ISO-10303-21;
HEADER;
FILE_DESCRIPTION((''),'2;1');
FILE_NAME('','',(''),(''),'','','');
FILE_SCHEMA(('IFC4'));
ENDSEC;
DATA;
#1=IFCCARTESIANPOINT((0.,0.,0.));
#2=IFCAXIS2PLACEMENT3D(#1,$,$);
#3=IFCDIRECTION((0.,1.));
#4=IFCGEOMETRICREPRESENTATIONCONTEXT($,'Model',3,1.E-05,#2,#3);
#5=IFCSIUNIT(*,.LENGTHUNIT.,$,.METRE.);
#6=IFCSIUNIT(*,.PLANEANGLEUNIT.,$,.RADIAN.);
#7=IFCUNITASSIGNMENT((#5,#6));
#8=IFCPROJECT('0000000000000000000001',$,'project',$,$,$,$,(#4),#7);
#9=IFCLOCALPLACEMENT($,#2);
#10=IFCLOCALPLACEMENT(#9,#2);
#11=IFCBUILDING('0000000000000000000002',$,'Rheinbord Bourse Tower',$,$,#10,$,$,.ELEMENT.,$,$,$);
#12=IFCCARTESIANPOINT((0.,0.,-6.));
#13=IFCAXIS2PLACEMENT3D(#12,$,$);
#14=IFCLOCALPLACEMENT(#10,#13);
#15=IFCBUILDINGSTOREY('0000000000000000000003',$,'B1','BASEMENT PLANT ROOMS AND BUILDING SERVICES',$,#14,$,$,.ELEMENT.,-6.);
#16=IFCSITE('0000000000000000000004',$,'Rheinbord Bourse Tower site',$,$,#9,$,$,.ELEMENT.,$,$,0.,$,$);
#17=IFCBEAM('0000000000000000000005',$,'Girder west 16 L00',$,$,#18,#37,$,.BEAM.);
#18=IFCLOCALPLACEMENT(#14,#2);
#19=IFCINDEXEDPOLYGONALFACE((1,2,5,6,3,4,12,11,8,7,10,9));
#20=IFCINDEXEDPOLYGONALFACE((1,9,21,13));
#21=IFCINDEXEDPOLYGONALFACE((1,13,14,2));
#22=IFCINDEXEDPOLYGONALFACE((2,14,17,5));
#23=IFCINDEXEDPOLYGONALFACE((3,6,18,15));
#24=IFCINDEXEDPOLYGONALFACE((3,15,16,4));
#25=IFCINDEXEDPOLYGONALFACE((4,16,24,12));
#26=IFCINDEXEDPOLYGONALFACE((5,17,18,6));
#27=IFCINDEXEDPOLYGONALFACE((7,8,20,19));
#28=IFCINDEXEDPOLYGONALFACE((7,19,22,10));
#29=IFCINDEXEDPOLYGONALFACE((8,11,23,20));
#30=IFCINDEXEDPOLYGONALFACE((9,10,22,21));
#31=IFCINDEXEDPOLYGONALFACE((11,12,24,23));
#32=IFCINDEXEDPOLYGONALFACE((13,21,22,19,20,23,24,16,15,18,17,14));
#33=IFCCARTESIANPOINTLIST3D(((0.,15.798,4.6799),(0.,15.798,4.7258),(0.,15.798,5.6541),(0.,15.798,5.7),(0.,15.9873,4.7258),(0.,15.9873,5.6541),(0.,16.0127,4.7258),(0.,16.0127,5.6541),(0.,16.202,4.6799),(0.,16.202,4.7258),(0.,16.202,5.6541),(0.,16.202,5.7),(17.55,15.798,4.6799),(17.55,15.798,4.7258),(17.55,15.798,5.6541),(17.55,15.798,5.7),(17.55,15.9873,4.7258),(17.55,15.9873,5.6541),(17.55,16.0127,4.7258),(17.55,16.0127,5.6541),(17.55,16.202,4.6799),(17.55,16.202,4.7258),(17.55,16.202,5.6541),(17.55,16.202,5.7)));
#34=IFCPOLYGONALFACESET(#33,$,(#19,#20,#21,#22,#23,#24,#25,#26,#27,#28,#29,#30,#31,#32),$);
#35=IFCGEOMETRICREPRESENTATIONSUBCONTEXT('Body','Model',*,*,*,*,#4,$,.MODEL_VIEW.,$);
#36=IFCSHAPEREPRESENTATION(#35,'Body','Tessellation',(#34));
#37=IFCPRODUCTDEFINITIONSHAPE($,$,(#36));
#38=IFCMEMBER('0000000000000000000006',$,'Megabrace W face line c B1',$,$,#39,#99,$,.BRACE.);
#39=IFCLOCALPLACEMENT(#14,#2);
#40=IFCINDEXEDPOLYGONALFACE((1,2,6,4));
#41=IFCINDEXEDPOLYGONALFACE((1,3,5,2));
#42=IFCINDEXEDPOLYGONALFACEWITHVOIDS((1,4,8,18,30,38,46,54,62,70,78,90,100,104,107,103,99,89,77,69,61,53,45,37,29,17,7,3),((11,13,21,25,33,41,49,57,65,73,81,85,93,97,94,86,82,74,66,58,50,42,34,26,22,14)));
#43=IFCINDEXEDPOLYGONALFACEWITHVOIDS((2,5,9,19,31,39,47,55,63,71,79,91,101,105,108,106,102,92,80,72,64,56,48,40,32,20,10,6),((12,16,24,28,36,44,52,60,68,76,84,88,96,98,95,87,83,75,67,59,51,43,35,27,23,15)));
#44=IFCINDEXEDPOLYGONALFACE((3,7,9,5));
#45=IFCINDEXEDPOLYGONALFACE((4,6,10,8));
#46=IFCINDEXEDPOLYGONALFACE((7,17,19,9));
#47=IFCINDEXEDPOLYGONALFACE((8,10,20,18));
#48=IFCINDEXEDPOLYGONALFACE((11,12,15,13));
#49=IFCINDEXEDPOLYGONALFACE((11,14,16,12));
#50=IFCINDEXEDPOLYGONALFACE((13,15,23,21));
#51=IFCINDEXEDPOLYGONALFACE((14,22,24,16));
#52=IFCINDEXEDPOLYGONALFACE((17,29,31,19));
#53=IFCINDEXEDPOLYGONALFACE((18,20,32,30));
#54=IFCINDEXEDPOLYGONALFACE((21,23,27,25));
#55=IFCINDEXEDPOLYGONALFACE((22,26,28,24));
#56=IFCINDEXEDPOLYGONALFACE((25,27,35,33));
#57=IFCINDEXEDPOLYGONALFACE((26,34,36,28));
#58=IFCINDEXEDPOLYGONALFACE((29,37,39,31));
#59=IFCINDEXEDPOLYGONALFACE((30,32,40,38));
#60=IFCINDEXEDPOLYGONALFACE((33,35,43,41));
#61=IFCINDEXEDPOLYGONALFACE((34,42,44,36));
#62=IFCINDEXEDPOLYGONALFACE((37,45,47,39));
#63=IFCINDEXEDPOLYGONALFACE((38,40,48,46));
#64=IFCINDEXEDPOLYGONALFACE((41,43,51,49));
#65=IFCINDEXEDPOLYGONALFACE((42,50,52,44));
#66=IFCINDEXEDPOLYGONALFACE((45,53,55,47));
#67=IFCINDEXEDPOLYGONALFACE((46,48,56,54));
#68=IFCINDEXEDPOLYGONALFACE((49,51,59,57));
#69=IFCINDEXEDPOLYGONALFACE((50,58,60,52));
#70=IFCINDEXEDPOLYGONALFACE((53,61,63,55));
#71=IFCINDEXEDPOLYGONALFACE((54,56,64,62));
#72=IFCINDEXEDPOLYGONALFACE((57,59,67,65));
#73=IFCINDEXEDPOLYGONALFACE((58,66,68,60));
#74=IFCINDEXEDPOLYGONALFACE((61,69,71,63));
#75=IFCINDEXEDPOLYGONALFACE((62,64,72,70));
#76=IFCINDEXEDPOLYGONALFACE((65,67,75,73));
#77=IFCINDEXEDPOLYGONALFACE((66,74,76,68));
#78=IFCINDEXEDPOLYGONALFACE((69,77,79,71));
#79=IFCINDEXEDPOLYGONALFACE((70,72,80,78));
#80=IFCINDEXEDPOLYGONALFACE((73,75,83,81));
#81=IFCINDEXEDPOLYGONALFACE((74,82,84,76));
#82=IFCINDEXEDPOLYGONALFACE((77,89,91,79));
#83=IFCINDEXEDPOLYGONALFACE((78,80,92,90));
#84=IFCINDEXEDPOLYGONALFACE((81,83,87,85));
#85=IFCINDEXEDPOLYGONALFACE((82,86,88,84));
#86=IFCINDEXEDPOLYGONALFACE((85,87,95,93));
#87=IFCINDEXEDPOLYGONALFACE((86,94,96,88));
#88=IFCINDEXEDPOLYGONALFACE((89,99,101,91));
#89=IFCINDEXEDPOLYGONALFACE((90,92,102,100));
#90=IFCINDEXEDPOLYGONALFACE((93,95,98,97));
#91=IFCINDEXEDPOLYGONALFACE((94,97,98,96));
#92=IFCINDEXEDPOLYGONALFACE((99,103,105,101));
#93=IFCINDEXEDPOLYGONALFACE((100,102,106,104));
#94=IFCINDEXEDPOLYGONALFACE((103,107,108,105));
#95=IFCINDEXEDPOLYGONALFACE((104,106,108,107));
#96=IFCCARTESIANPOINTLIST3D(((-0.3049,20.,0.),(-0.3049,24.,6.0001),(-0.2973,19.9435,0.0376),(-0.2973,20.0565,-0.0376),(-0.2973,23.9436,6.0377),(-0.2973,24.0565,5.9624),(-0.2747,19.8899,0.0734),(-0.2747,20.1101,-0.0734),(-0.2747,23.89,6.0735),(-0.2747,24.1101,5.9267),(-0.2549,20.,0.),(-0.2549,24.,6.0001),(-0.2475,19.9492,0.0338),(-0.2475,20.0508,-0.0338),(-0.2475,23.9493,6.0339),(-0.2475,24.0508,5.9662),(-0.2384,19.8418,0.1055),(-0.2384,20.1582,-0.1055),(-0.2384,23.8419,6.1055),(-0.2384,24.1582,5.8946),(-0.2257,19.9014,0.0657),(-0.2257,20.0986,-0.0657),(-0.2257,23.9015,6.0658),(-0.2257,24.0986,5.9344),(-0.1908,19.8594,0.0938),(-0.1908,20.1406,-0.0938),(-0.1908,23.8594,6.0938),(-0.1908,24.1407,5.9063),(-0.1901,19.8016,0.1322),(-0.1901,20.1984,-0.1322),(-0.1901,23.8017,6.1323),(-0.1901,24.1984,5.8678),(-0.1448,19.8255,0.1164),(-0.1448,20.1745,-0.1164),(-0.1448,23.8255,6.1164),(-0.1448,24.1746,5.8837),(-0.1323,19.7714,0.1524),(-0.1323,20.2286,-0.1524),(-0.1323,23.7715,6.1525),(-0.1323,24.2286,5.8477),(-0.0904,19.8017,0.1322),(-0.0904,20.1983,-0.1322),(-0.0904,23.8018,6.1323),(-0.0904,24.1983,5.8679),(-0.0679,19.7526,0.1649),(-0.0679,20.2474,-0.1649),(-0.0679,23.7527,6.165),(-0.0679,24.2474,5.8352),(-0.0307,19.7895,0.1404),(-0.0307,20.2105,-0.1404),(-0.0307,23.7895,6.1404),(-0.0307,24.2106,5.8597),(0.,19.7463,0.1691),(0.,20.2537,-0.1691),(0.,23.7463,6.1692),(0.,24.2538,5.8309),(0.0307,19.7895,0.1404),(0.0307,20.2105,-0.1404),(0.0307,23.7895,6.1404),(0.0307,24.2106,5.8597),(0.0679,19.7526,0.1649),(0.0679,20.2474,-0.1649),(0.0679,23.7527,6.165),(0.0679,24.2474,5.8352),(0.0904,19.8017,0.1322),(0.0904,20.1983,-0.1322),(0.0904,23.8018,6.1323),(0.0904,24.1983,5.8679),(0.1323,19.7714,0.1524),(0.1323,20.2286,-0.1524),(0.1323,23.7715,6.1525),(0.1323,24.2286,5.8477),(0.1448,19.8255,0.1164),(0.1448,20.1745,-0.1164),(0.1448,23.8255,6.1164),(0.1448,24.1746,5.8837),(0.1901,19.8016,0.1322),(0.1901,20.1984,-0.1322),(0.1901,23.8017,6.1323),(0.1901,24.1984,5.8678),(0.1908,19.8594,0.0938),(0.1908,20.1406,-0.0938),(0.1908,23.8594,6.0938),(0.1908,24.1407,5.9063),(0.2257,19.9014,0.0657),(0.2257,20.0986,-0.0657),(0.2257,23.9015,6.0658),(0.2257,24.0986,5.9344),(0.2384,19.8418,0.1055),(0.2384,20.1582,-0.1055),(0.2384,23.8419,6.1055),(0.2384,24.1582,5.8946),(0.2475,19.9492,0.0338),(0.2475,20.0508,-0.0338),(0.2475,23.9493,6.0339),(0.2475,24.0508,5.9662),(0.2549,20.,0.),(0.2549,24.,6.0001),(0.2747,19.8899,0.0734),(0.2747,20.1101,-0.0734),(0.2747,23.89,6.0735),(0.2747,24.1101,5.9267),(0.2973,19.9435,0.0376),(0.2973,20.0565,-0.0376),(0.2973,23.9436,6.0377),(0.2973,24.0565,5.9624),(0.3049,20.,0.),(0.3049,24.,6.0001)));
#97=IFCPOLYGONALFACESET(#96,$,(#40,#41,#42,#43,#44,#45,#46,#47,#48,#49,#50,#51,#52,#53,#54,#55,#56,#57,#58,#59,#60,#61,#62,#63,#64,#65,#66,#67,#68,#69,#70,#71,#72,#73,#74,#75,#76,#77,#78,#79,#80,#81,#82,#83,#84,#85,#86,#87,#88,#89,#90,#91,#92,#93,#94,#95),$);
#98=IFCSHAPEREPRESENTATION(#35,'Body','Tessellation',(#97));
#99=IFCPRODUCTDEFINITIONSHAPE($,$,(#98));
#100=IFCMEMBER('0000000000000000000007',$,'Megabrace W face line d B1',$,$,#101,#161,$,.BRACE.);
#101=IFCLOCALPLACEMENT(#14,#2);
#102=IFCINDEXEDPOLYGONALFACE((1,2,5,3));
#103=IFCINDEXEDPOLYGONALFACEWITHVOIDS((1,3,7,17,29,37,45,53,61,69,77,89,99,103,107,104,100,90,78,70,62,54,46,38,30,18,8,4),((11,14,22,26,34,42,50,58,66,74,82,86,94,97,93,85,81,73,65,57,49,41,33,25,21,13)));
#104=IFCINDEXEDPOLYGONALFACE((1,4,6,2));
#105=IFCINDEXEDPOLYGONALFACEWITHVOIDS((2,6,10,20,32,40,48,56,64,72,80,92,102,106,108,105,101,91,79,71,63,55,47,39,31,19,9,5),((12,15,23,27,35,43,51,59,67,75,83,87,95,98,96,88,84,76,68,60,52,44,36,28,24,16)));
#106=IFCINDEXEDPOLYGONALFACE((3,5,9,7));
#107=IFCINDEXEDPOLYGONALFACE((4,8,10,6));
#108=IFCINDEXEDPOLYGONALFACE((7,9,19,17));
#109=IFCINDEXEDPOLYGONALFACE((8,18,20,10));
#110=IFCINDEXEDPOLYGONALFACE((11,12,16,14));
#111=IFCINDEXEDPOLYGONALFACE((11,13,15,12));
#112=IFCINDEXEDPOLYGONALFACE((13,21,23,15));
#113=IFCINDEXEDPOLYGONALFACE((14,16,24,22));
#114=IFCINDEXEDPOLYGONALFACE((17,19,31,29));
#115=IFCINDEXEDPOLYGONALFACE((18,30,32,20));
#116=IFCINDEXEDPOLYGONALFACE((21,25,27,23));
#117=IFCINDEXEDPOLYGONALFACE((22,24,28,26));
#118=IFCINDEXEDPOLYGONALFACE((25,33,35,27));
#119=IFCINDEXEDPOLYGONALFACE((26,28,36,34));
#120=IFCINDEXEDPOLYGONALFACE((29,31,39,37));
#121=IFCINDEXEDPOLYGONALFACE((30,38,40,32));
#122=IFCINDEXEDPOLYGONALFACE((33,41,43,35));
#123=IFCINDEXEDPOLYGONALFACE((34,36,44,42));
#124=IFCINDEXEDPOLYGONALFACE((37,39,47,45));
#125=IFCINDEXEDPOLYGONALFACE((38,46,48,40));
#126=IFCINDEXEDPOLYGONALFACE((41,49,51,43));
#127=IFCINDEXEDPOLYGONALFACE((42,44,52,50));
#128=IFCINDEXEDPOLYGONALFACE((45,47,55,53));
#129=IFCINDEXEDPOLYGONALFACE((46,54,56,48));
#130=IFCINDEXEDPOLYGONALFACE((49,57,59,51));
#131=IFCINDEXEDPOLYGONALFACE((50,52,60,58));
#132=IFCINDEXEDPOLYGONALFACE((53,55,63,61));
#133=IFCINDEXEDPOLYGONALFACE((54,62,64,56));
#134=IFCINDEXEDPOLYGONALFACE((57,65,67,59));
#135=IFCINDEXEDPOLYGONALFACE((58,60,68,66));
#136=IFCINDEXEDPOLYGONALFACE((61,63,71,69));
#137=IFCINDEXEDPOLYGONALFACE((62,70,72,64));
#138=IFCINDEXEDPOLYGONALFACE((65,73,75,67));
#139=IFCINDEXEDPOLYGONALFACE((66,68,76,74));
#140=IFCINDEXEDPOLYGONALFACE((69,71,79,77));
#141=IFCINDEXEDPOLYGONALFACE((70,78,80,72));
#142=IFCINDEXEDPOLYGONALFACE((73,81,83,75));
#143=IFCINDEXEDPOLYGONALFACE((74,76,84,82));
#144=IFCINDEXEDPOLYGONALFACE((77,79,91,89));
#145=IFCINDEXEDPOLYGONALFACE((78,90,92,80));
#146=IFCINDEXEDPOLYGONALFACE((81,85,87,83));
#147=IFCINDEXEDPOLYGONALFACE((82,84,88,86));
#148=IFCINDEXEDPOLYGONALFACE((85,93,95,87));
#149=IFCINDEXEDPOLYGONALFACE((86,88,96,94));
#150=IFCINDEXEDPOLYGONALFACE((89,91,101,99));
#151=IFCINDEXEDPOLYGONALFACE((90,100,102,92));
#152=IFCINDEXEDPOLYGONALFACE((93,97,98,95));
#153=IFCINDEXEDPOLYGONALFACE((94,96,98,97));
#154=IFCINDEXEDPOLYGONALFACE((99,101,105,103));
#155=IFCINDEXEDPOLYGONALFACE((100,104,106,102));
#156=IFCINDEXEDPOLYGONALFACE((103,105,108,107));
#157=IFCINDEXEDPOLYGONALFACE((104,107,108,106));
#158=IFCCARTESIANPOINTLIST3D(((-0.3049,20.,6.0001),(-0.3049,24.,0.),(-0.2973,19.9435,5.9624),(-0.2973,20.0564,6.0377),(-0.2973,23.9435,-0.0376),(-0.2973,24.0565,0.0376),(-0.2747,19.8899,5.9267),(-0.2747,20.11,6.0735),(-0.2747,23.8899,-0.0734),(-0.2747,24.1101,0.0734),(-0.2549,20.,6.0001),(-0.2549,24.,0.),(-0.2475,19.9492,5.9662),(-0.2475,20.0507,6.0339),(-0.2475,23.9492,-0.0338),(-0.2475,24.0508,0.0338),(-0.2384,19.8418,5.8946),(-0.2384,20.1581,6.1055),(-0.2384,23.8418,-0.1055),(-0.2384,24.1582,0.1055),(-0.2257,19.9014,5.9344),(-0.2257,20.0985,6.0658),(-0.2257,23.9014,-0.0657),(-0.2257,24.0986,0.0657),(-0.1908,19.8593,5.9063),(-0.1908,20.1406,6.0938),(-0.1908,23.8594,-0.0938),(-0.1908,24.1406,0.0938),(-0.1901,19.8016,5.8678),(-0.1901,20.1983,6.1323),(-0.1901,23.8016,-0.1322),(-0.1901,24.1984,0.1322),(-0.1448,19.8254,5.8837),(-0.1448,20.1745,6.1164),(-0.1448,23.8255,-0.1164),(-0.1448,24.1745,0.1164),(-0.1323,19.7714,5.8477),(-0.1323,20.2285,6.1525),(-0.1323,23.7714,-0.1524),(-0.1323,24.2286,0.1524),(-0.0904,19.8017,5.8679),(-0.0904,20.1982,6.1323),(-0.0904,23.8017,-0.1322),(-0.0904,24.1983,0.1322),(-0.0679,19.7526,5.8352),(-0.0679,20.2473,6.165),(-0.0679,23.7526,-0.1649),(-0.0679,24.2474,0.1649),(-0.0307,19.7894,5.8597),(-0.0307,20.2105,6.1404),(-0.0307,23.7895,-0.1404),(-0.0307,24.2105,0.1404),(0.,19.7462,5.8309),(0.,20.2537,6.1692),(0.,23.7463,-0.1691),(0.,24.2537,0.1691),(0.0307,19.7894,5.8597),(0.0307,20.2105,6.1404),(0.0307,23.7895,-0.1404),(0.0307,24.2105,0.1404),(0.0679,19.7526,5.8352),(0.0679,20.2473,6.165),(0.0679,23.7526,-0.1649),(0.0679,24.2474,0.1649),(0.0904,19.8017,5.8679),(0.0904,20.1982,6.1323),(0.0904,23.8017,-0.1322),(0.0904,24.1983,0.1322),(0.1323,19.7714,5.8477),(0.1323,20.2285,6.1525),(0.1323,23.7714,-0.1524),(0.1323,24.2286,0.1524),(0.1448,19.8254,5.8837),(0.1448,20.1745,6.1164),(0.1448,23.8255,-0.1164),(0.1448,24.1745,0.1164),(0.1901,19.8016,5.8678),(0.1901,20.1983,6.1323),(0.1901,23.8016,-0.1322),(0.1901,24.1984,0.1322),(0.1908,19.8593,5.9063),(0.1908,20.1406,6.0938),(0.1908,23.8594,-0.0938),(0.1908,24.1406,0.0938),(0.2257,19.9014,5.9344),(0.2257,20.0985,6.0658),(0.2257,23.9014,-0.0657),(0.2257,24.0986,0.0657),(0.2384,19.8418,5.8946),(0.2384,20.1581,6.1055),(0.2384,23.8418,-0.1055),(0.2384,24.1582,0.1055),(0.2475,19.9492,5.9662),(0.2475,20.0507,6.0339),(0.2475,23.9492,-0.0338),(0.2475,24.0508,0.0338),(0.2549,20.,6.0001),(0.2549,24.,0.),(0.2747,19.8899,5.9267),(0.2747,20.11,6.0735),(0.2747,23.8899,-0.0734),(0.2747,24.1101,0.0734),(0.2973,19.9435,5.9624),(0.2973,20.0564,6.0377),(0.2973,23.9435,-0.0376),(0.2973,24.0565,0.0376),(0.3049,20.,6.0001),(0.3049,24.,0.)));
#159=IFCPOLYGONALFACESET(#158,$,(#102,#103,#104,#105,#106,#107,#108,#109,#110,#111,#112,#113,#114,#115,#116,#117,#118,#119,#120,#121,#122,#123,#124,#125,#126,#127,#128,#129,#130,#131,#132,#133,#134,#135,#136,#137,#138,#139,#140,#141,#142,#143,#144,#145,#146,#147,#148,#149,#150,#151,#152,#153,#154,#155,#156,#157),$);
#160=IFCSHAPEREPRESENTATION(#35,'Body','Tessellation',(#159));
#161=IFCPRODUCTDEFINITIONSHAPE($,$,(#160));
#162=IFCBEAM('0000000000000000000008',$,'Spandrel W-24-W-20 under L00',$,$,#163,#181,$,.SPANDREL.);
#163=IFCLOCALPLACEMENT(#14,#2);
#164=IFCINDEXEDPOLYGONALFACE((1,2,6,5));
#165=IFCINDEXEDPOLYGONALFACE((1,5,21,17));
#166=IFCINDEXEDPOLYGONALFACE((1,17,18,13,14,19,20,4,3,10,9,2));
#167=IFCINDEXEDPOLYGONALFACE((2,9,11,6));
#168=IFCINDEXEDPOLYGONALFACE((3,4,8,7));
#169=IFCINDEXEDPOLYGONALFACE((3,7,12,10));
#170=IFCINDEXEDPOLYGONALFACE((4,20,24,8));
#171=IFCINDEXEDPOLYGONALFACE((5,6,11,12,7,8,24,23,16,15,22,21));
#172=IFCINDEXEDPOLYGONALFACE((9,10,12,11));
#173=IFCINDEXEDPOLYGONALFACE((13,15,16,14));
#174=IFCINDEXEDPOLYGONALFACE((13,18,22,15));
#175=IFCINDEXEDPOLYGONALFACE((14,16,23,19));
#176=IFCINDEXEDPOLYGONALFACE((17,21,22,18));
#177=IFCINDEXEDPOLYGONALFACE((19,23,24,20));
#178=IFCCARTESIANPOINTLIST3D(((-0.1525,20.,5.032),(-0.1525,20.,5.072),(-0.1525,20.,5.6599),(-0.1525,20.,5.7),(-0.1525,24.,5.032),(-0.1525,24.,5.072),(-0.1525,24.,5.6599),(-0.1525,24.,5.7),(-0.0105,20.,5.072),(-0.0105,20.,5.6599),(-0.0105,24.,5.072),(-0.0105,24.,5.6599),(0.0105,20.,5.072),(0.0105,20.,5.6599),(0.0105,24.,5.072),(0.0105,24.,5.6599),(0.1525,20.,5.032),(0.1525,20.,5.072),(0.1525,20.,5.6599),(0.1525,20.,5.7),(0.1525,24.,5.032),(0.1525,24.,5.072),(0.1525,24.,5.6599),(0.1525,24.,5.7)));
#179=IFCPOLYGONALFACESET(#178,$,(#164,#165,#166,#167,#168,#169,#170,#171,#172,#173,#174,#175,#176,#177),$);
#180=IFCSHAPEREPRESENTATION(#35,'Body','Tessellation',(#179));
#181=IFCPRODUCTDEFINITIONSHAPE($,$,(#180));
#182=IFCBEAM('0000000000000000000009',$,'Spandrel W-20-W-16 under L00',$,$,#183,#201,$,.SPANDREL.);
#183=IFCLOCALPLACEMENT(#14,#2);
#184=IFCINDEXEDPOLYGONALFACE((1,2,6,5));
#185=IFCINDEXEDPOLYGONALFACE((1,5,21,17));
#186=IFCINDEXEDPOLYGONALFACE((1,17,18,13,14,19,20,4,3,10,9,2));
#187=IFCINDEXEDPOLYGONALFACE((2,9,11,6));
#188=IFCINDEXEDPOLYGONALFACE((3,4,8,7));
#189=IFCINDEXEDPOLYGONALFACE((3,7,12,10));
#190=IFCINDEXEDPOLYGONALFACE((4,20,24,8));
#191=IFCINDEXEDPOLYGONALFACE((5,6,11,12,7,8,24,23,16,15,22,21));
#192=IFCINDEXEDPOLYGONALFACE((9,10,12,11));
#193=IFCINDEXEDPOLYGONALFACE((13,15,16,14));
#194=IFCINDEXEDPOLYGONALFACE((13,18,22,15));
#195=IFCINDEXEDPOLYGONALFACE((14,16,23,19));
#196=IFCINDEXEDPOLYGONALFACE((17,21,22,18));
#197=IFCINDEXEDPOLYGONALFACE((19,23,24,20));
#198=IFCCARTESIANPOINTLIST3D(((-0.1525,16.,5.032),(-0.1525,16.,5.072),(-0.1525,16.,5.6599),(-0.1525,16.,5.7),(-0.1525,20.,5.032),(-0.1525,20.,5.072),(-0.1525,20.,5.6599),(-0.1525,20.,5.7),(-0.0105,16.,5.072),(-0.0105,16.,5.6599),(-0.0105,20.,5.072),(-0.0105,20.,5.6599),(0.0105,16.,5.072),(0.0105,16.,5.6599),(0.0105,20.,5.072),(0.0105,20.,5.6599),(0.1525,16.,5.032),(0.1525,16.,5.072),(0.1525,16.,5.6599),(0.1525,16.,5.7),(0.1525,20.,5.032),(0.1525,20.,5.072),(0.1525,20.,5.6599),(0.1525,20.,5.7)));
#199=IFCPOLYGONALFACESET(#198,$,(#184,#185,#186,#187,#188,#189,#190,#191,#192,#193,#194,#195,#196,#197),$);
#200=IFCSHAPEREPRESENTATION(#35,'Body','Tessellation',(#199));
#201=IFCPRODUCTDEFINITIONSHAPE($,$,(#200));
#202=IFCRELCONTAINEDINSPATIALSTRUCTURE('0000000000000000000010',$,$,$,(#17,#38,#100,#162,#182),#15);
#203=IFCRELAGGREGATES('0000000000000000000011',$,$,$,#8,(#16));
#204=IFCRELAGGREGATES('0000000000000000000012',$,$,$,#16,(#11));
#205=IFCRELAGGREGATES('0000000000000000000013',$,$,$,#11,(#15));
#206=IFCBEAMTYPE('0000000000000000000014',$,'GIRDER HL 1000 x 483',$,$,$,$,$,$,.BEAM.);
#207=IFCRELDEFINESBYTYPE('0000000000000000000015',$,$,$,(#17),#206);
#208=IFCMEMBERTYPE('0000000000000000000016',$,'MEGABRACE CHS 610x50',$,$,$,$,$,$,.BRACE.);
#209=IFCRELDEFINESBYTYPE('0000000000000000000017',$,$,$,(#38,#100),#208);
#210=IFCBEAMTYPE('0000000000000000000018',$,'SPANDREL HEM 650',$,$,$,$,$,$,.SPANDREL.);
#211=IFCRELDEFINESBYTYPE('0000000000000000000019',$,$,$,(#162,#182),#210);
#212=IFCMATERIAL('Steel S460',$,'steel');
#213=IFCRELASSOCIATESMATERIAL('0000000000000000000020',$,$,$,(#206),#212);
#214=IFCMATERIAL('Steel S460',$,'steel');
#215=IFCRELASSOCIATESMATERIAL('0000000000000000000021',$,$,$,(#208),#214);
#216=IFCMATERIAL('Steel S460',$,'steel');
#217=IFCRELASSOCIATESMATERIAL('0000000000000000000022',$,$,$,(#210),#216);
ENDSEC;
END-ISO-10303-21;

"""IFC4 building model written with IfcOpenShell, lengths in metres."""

from ifc_helpers import new_model, si_unit, direction, frame, origin, origin_2d, place, context, subcontext, project, spatial, hollow_circle, i_section, extrude, material, material_profile, profile_set, type_object, element, save


model = new_model("IFC4")

# Units and contexts
model_context = context("Model", 3, precision=1e-05, world=origin(), true_north=direction((0.0, 1.0)))
body_context = subcontext(model_context, "Body", "Model", "MODEL_VIEW")
ifc_project = project(units=[si_unit("LENGTHUNIT", "METRE"), si_unit("PLANEANGLEUNIT", "RADIAN")], contexts=[model_context])

# Site, building, storey
site_placement = place(None, origin())
site = spatial("IfcSite", under=ifc_project, at=site_placement, Name="Rheinbord Bourse Tower site", CompositionType="ELEMENT", RefElevation=0.0)
building_placement = place(site_placement, origin())
building = spatial("IfcBuilding", under=site, at=building_placement, Name="Rheinbord Bourse Tower", CompositionType="ELEMENT")
storey_placement = place(building_placement, frame((0.0, 0.0, -6.0)))
storey = spatial("IfcBuildingStorey", under=building, at=storey_placement, Name="B1", Description="BASEMENT PLANT ROOMS AND BUILDING SERVICES", CompositionType="ELEMENT", Elevation=-6.0)

# Beam
ifc_material_1 = material(Name="Steel S460", Category="steel")
ifc_material_profile_1 = material_profile(ifc_material_1, i_section(OverallWidth=0.4041, OverallDepth=1.02, WebThickness=0.0254, FlangeThickness=0.0459, at=origin_2d()), Name="HL 1000 x 483")
ifc_profile_set_1 = profile_set([ifc_material_profile_1], Name="Steel S460")
beam_type_1 = type_object("IfcBeamType", Name="GIRDER HL 1000 x 483", PredefinedType="BEAM", material=ifc_profile_set_1)
beam_1_placement = place(storey_placement, frame((0.0, 16.0, 5.1899), z_axis=(1.0, 0.0, 0.0), x_axis=(0.0, 1.0, 0.0)))
element("IfcBeam", 1, at=beam_1_placement, inside=storey, type_object=beam_type_1, Name="Girder west 16 L00", PredefinedType="BEAM", context=body_context, shape_type="SweptSolid", body=[
    extrude(i_section(OverallWidth=0.4041, OverallDepth=1.02, WebThickness=0.0254, FlangeThickness=0.0459, at=origin_2d()), origin(), (0.0, 0.0, 1.0), 17.55),
])

# Members
ifc_material_2 = material(Name="Steel S460", Category="steel")
ifc_material_profile_2 = material_profile(ifc_material_2, hollow_circle(Radius=0.3049, WallThickness=0.05, at=origin_2d()), Name="CHS 610x50")
ifc_profile_set_2 = profile_set([ifc_material_profile_2], Name="Steel S460")
member_type = type_object("IfcMemberType", Name="MEGABRACE CHS 610x50", PredefinedType="BRACE", material=ifc_profile_set_2)
for number, where, z_axis, x_axis, name in (
    (2, (0.0, 20.0, 0.0), (0.0, 0.5547, 0.83205), (-1.0, 0.0, 0.0), "Megabrace W face line c B1"),
    (3, (0.0, 24.0, 0.0), (0.0, -0.5547, 0.83205), (1.0, 0.0, 0.0), "Megabrace W face line d B1"),
):
    element("IfcMember", number, at=place(storey_placement, frame(where, z_axis=z_axis, x_axis=x_axis)), inside=storey, type_object=member_type, Name=name, PredefinedType="BRACE", context=body_context, shape_type="SweptSolid", body=[
        extrude(hollow_circle(Radius=0.3049, WallThickness=0.05, at=origin_2d()), origin(), (0.0, 0.0, 1.0), 7.2112),
    ])

# Beams
ifc_material_3 = material(Name="Steel S460", Category="steel")
ifc_material_profile_3 = material_profile(ifc_material_3, i_section(OverallWidth=0.3049, OverallDepth=0.668, WebThickness=0.021, FlangeThickness=0.04, at=origin_2d()), Name="HEM 650")
ifc_profile_set_3 = profile_set([ifc_material_profile_3], Name="Steel S460")
beam_type_2 = type_object("IfcBeamType", Name="SPANDREL HEM 650", PredefinedType="SPANDREL", material=ifc_profile_set_3)
for number, where, z_axis, x_axis, name in (
    (4, (0.0, 24.0, 5.366), (0.0, -1.0, 0.0), (1.0, 0.0, 0.0), "Spandrel W-24-W-20 under L00"),
    (5, (0.0, 20.0, 5.366), (0.0, -1.0, 0.0), (1.0, 0.0, 0.0), "Spandrel W-20-W-16 under L00"),
):
    element("IfcBeam", number, at=place(storey_placement, frame(where, z_axis=z_axis, x_axis=x_axis)), inside=storey, type_object=beam_type_2, Name=name, PredefinedType="SPANDREL", context=body_context, shape_type="SweptSolid", body=[
        extrude(i_section(OverallWidth=0.3049, OverallDepth=0.668, WebThickness=0.021, FlangeThickness=0.04, at=origin_2d()), origin(), (0.0, 0.0, 1.0), 4.0),
    ])

save(model, "model.ifc")
